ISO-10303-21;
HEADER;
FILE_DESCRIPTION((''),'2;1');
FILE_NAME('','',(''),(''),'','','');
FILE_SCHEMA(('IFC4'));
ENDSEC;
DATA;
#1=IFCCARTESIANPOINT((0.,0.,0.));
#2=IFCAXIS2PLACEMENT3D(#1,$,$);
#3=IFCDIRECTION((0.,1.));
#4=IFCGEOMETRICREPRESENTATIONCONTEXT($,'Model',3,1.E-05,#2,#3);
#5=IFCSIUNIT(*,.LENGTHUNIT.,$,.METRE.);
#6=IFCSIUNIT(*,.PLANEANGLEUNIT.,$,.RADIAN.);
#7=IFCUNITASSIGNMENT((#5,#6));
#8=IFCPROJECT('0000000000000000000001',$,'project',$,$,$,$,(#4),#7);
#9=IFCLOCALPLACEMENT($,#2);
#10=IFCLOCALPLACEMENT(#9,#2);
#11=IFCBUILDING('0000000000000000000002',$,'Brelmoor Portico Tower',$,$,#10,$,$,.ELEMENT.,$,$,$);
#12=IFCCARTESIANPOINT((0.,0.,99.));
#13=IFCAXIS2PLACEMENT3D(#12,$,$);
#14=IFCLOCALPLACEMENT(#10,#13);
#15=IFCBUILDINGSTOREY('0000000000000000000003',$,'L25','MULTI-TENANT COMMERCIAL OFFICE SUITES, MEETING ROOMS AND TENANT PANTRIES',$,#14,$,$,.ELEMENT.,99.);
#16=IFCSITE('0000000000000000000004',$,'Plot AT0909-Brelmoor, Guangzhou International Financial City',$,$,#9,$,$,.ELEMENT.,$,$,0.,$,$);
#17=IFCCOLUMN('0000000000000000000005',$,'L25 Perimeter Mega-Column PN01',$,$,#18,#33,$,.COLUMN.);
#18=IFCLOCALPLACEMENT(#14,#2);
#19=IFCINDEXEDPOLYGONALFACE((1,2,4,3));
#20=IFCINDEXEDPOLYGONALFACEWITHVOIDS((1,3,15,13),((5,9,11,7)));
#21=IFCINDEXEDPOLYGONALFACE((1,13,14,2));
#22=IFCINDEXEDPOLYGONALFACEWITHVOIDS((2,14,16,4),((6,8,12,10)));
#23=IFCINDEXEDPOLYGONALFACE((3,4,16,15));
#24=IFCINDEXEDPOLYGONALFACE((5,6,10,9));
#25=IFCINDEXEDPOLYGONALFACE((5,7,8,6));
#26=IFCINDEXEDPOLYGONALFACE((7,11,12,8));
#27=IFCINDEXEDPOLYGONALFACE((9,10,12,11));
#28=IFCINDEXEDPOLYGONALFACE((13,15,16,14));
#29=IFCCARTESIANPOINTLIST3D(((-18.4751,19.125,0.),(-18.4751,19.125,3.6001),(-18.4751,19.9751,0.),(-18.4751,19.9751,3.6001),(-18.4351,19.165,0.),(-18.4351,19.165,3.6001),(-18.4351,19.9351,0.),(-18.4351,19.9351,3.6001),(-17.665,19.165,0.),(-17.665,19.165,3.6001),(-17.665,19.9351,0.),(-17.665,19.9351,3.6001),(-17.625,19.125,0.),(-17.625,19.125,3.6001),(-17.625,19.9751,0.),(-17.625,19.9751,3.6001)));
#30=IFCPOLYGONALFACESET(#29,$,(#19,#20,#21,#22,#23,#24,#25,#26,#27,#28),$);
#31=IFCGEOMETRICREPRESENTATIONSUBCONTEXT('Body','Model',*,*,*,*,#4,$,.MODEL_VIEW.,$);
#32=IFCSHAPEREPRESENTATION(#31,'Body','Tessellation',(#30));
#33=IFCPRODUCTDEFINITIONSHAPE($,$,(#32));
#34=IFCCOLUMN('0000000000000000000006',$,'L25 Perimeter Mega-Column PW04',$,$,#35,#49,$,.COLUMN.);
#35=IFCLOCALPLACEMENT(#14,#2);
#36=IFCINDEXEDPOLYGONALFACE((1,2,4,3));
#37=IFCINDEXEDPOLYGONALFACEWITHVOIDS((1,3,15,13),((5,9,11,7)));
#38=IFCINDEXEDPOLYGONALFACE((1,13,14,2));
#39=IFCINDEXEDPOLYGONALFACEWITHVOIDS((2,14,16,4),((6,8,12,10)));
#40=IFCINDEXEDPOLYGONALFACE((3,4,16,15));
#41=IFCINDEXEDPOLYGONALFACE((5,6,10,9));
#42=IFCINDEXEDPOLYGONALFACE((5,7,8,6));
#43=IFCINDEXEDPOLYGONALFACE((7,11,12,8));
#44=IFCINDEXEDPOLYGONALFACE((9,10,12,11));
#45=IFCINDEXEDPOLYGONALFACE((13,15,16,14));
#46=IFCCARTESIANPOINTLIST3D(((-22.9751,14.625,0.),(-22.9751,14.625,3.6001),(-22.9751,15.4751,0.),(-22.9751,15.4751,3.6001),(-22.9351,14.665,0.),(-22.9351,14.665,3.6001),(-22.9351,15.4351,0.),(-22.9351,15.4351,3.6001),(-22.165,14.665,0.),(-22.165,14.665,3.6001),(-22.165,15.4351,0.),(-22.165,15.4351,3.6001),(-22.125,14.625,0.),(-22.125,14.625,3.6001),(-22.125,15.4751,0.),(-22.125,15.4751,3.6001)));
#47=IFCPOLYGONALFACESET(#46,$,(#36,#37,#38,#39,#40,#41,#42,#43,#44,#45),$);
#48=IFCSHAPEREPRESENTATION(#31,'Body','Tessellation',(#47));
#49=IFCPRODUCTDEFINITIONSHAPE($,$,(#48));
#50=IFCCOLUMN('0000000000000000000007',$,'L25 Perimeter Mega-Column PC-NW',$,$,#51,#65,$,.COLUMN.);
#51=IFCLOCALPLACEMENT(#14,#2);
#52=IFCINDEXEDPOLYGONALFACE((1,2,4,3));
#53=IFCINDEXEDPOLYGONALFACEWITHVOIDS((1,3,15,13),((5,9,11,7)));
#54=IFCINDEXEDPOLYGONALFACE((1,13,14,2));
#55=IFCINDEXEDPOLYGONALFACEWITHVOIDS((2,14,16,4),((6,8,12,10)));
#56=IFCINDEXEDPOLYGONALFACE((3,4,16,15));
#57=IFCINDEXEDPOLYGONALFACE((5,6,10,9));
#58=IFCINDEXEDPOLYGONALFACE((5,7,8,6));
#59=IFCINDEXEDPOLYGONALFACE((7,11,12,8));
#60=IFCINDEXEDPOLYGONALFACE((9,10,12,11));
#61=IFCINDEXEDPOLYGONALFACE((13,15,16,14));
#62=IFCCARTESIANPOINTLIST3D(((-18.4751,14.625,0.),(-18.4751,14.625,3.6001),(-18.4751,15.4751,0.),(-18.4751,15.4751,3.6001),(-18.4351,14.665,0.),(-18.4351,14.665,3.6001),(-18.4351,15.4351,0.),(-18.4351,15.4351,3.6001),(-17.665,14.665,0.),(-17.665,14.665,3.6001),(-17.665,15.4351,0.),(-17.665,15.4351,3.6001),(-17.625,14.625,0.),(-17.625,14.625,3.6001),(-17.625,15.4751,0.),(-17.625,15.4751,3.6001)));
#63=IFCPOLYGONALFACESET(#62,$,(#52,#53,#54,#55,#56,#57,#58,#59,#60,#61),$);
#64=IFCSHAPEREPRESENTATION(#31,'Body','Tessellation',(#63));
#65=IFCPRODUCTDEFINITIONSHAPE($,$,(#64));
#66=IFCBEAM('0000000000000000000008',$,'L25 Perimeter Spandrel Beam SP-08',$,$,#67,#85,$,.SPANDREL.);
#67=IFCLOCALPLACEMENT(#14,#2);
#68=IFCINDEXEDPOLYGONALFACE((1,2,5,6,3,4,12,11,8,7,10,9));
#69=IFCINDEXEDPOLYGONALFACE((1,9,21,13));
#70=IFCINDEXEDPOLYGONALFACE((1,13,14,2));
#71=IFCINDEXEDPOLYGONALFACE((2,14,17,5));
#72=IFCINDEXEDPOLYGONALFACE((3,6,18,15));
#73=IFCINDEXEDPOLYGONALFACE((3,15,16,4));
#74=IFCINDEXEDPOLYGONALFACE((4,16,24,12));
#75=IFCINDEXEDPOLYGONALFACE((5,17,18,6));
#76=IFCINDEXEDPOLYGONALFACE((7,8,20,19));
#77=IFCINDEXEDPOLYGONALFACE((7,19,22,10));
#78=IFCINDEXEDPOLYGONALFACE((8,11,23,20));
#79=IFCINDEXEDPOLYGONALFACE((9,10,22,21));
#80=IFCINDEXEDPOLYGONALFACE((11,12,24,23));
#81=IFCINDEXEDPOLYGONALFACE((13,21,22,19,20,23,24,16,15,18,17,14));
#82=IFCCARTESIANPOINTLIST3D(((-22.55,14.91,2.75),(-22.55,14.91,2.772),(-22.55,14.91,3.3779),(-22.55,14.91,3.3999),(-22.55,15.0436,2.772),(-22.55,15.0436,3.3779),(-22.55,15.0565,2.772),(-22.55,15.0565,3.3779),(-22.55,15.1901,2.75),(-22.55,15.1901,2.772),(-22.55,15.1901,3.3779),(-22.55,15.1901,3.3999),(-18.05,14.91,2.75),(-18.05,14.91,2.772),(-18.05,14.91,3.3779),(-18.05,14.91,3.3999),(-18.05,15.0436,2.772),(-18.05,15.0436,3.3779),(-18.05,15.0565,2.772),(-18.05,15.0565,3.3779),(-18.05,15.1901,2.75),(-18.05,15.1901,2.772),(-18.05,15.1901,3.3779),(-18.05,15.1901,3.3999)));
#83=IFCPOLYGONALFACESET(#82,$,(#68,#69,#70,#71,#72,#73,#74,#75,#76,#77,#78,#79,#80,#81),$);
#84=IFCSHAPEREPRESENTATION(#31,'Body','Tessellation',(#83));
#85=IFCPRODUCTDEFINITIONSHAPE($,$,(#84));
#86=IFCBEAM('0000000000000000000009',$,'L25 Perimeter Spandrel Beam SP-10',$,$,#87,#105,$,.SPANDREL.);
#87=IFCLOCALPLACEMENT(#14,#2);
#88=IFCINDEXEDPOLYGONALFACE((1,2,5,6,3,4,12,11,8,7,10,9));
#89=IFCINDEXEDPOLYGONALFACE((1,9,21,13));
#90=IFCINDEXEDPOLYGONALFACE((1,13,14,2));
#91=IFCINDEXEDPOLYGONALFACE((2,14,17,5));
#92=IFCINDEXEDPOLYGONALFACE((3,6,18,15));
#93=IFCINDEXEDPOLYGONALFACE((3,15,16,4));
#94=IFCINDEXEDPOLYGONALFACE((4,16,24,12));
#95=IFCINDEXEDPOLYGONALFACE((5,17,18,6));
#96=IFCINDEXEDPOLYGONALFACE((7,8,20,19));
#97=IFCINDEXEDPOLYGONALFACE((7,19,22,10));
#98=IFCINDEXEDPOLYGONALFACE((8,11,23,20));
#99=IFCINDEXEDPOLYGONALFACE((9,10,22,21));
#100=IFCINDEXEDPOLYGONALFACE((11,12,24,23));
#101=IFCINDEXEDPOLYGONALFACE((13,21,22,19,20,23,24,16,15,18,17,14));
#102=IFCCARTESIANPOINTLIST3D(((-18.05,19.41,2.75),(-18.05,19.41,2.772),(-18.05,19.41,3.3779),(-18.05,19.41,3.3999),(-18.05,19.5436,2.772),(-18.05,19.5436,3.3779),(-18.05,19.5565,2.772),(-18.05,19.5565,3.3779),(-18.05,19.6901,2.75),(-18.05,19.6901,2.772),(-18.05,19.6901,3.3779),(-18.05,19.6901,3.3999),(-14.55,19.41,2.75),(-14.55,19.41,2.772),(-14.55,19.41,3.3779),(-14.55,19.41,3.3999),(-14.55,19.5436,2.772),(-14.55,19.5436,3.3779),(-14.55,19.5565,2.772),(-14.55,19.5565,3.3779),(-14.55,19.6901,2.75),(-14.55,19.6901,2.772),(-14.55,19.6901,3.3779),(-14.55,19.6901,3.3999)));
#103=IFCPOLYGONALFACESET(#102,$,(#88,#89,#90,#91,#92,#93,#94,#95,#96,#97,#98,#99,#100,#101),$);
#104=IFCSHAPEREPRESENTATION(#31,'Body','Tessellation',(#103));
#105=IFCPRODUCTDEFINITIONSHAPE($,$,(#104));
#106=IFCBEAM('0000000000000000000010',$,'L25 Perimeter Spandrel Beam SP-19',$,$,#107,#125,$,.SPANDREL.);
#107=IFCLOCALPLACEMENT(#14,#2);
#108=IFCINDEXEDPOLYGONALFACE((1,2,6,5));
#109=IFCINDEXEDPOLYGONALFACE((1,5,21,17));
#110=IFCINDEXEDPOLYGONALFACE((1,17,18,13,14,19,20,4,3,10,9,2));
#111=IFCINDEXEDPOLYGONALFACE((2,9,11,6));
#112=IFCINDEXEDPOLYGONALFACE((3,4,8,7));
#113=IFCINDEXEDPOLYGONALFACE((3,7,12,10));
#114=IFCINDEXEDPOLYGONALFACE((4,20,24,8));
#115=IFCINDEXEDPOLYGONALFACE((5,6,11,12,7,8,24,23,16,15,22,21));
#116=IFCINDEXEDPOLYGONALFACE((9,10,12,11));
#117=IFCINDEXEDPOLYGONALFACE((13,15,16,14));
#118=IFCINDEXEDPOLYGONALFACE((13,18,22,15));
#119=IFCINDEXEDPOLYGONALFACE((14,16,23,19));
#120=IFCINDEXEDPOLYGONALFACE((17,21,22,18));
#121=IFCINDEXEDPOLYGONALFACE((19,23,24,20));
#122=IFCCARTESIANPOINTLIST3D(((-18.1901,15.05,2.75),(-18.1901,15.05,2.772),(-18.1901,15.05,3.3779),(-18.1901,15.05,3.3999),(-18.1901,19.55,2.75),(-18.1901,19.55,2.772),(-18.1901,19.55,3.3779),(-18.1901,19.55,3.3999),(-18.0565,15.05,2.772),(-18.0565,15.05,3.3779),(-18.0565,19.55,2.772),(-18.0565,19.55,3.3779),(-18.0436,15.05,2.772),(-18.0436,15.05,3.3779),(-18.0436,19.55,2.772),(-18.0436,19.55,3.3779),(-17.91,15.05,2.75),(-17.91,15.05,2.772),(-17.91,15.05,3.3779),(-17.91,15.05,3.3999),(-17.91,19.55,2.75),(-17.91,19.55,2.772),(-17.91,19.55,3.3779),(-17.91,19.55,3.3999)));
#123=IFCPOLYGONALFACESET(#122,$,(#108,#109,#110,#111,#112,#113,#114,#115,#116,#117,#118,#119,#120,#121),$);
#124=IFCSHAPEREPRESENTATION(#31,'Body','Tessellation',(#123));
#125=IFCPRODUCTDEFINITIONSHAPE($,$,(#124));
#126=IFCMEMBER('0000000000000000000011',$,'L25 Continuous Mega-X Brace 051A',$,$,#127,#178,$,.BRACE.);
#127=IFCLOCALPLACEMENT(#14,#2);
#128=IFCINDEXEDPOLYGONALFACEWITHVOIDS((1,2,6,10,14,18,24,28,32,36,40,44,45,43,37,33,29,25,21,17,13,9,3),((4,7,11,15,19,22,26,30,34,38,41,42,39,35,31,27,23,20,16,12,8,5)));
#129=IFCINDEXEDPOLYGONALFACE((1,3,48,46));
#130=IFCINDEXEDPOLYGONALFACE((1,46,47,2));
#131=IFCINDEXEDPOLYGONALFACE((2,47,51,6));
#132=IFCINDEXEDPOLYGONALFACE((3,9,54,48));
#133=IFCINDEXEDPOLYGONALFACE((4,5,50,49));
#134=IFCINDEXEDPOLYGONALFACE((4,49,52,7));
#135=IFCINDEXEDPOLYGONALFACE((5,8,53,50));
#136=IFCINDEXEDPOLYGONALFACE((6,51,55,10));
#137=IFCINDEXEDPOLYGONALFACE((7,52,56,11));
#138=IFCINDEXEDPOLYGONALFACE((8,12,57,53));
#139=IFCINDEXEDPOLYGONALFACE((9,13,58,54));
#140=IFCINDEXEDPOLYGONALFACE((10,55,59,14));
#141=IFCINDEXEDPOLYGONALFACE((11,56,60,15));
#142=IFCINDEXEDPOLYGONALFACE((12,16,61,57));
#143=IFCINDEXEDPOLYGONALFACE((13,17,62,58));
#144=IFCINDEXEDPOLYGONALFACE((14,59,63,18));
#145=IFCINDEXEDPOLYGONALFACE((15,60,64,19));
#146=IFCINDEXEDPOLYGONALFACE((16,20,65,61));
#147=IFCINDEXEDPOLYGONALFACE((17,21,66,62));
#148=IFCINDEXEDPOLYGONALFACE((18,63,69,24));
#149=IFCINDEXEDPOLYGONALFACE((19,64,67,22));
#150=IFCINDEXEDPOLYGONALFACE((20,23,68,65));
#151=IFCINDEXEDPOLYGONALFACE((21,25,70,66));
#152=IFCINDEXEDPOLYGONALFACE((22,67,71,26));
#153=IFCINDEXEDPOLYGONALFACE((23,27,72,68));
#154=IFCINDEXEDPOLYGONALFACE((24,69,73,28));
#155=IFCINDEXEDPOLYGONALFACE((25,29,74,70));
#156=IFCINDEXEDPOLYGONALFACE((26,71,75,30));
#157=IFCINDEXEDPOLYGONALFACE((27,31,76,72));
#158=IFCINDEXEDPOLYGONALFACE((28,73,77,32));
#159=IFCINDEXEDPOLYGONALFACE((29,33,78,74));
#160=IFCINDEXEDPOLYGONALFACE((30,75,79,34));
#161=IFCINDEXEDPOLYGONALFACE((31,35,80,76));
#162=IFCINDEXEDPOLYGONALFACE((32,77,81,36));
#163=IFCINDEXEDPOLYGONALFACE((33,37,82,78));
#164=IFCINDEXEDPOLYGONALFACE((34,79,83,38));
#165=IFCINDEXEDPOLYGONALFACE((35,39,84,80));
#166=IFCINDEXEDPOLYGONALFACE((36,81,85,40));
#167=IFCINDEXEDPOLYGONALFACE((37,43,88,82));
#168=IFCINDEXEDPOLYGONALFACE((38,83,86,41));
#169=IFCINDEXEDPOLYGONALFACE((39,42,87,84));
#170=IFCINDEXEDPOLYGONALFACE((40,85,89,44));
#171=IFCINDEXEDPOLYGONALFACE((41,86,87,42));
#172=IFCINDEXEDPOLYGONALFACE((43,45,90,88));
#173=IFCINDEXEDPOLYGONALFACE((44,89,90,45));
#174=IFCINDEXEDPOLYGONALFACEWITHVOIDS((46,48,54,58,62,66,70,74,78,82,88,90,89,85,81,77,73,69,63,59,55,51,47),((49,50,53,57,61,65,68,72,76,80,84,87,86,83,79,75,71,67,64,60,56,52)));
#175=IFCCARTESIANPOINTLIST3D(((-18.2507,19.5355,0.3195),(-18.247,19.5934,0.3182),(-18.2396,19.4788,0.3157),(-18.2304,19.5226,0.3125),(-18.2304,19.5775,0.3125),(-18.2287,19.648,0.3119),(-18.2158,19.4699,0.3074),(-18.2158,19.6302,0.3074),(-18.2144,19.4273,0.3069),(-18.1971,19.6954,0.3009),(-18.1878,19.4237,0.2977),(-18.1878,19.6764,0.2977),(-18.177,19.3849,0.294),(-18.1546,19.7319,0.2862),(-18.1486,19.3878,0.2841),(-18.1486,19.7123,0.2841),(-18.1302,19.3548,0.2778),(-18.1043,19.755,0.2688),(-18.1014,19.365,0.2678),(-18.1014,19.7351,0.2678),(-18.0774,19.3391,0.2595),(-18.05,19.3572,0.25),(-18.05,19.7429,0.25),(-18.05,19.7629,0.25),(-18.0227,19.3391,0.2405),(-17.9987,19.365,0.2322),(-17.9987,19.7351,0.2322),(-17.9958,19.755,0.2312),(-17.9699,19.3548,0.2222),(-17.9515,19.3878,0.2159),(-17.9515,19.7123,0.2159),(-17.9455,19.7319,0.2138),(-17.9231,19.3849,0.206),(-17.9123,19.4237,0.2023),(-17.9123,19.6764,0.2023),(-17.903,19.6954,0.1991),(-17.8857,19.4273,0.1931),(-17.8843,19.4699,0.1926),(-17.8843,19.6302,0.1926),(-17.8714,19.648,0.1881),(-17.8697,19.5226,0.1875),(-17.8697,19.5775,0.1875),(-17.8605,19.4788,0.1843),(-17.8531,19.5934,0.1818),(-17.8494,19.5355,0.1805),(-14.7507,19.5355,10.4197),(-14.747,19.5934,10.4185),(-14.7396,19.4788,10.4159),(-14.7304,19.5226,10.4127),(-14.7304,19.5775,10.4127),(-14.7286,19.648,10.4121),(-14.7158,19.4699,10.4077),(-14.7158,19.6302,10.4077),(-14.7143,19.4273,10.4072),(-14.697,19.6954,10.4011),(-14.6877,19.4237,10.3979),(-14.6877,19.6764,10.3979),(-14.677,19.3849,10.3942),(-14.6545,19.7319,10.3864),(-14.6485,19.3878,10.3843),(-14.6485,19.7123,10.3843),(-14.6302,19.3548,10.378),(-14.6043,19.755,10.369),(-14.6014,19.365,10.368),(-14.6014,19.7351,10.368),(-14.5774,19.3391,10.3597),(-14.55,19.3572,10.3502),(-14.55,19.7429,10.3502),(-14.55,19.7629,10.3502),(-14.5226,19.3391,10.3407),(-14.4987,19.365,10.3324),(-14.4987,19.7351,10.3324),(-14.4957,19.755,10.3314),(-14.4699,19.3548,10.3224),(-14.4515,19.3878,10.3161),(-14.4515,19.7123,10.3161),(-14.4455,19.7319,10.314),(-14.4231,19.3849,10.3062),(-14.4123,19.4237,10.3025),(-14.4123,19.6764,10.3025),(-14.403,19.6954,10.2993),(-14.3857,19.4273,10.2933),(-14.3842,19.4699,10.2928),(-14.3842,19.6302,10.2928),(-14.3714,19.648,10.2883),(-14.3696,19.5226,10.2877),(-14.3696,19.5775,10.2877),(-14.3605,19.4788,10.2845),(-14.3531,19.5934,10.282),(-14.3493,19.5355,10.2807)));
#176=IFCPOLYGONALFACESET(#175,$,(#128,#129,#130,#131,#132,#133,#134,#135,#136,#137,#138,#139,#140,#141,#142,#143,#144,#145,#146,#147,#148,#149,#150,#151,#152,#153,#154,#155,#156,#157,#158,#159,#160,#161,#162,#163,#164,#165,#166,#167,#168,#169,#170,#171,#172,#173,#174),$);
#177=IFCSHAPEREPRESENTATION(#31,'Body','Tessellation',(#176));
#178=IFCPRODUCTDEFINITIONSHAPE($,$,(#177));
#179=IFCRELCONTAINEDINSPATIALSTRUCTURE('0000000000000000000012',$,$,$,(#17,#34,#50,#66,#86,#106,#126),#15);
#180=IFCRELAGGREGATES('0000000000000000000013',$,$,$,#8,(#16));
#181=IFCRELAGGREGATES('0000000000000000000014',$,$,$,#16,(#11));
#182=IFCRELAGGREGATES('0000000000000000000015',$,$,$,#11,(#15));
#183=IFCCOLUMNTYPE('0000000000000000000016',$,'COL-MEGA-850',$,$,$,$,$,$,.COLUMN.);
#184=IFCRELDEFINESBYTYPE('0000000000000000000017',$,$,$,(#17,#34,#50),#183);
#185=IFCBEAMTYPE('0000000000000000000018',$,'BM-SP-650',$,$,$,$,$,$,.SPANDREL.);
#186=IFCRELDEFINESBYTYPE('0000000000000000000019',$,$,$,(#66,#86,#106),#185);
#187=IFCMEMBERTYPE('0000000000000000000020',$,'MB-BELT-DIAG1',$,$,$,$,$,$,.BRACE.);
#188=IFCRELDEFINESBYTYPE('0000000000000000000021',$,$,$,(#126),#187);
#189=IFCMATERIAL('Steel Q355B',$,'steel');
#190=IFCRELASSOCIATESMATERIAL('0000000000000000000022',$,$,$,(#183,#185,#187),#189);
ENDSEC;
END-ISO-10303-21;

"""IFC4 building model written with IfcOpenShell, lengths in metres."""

from ifc_helpers import new_model, si_unit, direction, frame, origin, origin_2d, place, context, subcontext, project, spatial, hollow_rectangle, hollow_circle, i_section, extrude, material, material_profile, profile_set, type_object, element, save


model = new_model("IFC4")

# Units and contexts
model_context = context("Model", 3, precision=1e-05, world=origin(), true_north=direction((0.0, 1.0)))
body_context = subcontext(model_context, "Body", "Model", "MODEL_VIEW")
ifc_project = project(units=[si_unit("LENGTHUNIT", "METRE"), si_unit("PLANEANGLEUNIT", "RADIAN")], contexts=[model_context])

# Site, building, storey
site_placement = place(None, origin())
site = spatial("IfcSite", under=ifc_project, at=site_placement, Name="Plot AT0909-Brelmoor, Guangzhou International Financial City", CompositionType="ELEMENT", RefElevation=0.0)
building_placement = place(site_placement, origin())
building = spatial("IfcBuilding", under=site, at=building_placement, Name="Brelmoor Portico Tower", CompositionType="ELEMENT")
storey_placement = place(building_placement, frame((0.0, 0.0, 99.0)))
storey = spatial("IfcBuildingStorey", under=building, at=storey_placement, Name="L25", Description="MULTI-TENANT COMMERCIAL OFFICE SUITES, MEETING ROOMS AND TENANT PANTRIES", CompositionType="ELEMENT", Elevation=99.0)

# Columns
ifc_material_1 = material(Name="Steel Q355B", Category="steel")
ifc_material_profile_1 = material_profile(ifc_material_1, hollow_rectangle(XDim=0.8501, YDim=0.8501, WallThickness=0.04, at=origin_2d()), Name="BOX 850x850x40")
ifc_profile_set_1 = profile_set([ifc_material_profile_1], Name="Steel Q355B")
column_type = type_object("IfcColumnType", Name="COL-MEGA-850", PredefinedType="COLUMN", material=ifc_profile_set_1)
for number, where, z_axis, x_axis, name in (
    (1, (-18.05, 19.55, 0.0), (0.0, 0.0, 1.0), (1.0, 0.0, 0.0), "L25 Perimeter Mega-Column PN01"),
    (2, (-22.55, 15.05, 0.0), (0.0, 0.0, 1.0), (0.0, 1.0, 0.0), "L25 Perimeter Mega-Column PW04"),
    (3, (-18.05, 15.05, 0.0), (0.0, 0.0, 1.0), (1.0, 0.0, 0.0), "L25 Perimeter Mega-Column PC-NW"),
):
    element("IfcColumn", number, at=place(storey_placement, frame(where, z_axis=z_axis, x_axis=x_axis)), inside=storey, type_object=column_type, Name=name, PredefinedType="COLUMN", context=body_context, shape_type="SweptSolid", body=[
        extrude(hollow_rectangle(XDim=0.8501, YDim=0.8501, WallThickness=0.04, at=origin_2d()), origin(), (0.0, 0.0, 1.0), 3.6001),
    ])

# Beams
ifc_material_profile_2 = material_profile(ifc_material_1, i_section(OverallWidth=0.28, OverallDepth=0.6499, WebThickness=0.0129, FlangeThickness=0.022, at=origin_2d()), Name="HN 650x280x13x22")
ifc_profile_set_2 = profile_set([ifc_material_profile_2], Name="Steel Q355B")
beam_type = type_object("IfcBeamType", Name="BM-SP-650", PredefinedType="SPANDREL", material=ifc_profile_set_2)
beam_1_placement = place(storey_placement, frame((-22.55, 15.05, 3.075), z_axis=(1.0, 0.0, 0.0), x_axis=(0.0, 1.0, 0.0)))
element("IfcBeam", 4, at=beam_1_placement, inside=storey, type_object=beam_type, Name="L25 Perimeter Spandrel Beam SP-08", PredefinedType="SPANDREL", context=body_context, shape_type="SweptSolid", body=[
    extrude(i_section(OverallWidth=0.28, OverallDepth=0.6499, WebThickness=0.0129, FlangeThickness=0.022, at=origin_2d()), origin(), (0.0, 0.0, 1.0), 4.5),
])
beam_2_placement = place(storey_placement, frame((-18.05, 19.55, 3.075), z_axis=(1.0, 0.0, 0.0), x_axis=(0.0, 1.0, 0.0)))
element("IfcBeam", 5, at=beam_2_placement, inside=storey, type_object=beam_type, Name="L25 Perimeter Spandrel Beam SP-10", PredefinedType="SPANDREL", context=body_context, shape_type="SweptSolid", body=[
    extrude(i_section(OverallWidth=0.28, OverallDepth=0.6499, WebThickness=0.0129, FlangeThickness=0.022, at=origin_2d()), origin(), (0.0, 0.0, 1.0), 3.5),
])
beam_3_placement = place(storey_placement, frame((-18.05, 15.05, 3.075), z_axis=(0.0, 1.0, 0.0), x_axis=(-1.0, 0.0, 0.0)))
element("IfcBeam", 6, at=beam_3_placement, inside=storey, type_object=beam_type, Name="L25 Perimeter Spandrel Beam SP-19", PredefinedType="SPANDREL", context=body_context, shape_type="SweptSolid", body=[
    extrude(i_section(OverallWidth=0.28, OverallDepth=0.6499, WebThickness=0.0129, FlangeThickness=0.022, at=origin_2d()), origin(), (0.0, 0.0, 1.0), 4.5),
])

# Member
ifc_material_profile_3 = material_profile(ifc_material_1, hollow_circle(Radius=0.2129, WallThickness=0.02, at=origin_2d()), Name="CHS 426x20")
ifc_profile_set_3 = profile_set([ifc_material_profile_3], Name="Steel Q355B")
member_type_1 = type_object("IfcMemberType", Name="MB-BELT-DIAG1", PredefinedType="BRACE", material=ifc_profile_set_3)
member_1_placement = place(storey_placement, frame((-18.05, 19.55, 0.25), z_axis=(0.327429, 0.0, 0.944876), x_axis=(0.0, 1.0, 0.0)))
element("IfcMember", 7, at=member_1_placement, inside=storey, type_object=member_type_1, Name="L25 Continuous Mega-X Brace 051A", PredefinedType="BRACE", context=body_context, shape_type="SweptSolid", body=[
    extrude(hollow_circle(Radius=0.2129, WallThickness=0.02, at=origin_2d()), origin(), (0.0, 0.0, 1.0), 10.6895),
])

save(model, "model.ifc")
